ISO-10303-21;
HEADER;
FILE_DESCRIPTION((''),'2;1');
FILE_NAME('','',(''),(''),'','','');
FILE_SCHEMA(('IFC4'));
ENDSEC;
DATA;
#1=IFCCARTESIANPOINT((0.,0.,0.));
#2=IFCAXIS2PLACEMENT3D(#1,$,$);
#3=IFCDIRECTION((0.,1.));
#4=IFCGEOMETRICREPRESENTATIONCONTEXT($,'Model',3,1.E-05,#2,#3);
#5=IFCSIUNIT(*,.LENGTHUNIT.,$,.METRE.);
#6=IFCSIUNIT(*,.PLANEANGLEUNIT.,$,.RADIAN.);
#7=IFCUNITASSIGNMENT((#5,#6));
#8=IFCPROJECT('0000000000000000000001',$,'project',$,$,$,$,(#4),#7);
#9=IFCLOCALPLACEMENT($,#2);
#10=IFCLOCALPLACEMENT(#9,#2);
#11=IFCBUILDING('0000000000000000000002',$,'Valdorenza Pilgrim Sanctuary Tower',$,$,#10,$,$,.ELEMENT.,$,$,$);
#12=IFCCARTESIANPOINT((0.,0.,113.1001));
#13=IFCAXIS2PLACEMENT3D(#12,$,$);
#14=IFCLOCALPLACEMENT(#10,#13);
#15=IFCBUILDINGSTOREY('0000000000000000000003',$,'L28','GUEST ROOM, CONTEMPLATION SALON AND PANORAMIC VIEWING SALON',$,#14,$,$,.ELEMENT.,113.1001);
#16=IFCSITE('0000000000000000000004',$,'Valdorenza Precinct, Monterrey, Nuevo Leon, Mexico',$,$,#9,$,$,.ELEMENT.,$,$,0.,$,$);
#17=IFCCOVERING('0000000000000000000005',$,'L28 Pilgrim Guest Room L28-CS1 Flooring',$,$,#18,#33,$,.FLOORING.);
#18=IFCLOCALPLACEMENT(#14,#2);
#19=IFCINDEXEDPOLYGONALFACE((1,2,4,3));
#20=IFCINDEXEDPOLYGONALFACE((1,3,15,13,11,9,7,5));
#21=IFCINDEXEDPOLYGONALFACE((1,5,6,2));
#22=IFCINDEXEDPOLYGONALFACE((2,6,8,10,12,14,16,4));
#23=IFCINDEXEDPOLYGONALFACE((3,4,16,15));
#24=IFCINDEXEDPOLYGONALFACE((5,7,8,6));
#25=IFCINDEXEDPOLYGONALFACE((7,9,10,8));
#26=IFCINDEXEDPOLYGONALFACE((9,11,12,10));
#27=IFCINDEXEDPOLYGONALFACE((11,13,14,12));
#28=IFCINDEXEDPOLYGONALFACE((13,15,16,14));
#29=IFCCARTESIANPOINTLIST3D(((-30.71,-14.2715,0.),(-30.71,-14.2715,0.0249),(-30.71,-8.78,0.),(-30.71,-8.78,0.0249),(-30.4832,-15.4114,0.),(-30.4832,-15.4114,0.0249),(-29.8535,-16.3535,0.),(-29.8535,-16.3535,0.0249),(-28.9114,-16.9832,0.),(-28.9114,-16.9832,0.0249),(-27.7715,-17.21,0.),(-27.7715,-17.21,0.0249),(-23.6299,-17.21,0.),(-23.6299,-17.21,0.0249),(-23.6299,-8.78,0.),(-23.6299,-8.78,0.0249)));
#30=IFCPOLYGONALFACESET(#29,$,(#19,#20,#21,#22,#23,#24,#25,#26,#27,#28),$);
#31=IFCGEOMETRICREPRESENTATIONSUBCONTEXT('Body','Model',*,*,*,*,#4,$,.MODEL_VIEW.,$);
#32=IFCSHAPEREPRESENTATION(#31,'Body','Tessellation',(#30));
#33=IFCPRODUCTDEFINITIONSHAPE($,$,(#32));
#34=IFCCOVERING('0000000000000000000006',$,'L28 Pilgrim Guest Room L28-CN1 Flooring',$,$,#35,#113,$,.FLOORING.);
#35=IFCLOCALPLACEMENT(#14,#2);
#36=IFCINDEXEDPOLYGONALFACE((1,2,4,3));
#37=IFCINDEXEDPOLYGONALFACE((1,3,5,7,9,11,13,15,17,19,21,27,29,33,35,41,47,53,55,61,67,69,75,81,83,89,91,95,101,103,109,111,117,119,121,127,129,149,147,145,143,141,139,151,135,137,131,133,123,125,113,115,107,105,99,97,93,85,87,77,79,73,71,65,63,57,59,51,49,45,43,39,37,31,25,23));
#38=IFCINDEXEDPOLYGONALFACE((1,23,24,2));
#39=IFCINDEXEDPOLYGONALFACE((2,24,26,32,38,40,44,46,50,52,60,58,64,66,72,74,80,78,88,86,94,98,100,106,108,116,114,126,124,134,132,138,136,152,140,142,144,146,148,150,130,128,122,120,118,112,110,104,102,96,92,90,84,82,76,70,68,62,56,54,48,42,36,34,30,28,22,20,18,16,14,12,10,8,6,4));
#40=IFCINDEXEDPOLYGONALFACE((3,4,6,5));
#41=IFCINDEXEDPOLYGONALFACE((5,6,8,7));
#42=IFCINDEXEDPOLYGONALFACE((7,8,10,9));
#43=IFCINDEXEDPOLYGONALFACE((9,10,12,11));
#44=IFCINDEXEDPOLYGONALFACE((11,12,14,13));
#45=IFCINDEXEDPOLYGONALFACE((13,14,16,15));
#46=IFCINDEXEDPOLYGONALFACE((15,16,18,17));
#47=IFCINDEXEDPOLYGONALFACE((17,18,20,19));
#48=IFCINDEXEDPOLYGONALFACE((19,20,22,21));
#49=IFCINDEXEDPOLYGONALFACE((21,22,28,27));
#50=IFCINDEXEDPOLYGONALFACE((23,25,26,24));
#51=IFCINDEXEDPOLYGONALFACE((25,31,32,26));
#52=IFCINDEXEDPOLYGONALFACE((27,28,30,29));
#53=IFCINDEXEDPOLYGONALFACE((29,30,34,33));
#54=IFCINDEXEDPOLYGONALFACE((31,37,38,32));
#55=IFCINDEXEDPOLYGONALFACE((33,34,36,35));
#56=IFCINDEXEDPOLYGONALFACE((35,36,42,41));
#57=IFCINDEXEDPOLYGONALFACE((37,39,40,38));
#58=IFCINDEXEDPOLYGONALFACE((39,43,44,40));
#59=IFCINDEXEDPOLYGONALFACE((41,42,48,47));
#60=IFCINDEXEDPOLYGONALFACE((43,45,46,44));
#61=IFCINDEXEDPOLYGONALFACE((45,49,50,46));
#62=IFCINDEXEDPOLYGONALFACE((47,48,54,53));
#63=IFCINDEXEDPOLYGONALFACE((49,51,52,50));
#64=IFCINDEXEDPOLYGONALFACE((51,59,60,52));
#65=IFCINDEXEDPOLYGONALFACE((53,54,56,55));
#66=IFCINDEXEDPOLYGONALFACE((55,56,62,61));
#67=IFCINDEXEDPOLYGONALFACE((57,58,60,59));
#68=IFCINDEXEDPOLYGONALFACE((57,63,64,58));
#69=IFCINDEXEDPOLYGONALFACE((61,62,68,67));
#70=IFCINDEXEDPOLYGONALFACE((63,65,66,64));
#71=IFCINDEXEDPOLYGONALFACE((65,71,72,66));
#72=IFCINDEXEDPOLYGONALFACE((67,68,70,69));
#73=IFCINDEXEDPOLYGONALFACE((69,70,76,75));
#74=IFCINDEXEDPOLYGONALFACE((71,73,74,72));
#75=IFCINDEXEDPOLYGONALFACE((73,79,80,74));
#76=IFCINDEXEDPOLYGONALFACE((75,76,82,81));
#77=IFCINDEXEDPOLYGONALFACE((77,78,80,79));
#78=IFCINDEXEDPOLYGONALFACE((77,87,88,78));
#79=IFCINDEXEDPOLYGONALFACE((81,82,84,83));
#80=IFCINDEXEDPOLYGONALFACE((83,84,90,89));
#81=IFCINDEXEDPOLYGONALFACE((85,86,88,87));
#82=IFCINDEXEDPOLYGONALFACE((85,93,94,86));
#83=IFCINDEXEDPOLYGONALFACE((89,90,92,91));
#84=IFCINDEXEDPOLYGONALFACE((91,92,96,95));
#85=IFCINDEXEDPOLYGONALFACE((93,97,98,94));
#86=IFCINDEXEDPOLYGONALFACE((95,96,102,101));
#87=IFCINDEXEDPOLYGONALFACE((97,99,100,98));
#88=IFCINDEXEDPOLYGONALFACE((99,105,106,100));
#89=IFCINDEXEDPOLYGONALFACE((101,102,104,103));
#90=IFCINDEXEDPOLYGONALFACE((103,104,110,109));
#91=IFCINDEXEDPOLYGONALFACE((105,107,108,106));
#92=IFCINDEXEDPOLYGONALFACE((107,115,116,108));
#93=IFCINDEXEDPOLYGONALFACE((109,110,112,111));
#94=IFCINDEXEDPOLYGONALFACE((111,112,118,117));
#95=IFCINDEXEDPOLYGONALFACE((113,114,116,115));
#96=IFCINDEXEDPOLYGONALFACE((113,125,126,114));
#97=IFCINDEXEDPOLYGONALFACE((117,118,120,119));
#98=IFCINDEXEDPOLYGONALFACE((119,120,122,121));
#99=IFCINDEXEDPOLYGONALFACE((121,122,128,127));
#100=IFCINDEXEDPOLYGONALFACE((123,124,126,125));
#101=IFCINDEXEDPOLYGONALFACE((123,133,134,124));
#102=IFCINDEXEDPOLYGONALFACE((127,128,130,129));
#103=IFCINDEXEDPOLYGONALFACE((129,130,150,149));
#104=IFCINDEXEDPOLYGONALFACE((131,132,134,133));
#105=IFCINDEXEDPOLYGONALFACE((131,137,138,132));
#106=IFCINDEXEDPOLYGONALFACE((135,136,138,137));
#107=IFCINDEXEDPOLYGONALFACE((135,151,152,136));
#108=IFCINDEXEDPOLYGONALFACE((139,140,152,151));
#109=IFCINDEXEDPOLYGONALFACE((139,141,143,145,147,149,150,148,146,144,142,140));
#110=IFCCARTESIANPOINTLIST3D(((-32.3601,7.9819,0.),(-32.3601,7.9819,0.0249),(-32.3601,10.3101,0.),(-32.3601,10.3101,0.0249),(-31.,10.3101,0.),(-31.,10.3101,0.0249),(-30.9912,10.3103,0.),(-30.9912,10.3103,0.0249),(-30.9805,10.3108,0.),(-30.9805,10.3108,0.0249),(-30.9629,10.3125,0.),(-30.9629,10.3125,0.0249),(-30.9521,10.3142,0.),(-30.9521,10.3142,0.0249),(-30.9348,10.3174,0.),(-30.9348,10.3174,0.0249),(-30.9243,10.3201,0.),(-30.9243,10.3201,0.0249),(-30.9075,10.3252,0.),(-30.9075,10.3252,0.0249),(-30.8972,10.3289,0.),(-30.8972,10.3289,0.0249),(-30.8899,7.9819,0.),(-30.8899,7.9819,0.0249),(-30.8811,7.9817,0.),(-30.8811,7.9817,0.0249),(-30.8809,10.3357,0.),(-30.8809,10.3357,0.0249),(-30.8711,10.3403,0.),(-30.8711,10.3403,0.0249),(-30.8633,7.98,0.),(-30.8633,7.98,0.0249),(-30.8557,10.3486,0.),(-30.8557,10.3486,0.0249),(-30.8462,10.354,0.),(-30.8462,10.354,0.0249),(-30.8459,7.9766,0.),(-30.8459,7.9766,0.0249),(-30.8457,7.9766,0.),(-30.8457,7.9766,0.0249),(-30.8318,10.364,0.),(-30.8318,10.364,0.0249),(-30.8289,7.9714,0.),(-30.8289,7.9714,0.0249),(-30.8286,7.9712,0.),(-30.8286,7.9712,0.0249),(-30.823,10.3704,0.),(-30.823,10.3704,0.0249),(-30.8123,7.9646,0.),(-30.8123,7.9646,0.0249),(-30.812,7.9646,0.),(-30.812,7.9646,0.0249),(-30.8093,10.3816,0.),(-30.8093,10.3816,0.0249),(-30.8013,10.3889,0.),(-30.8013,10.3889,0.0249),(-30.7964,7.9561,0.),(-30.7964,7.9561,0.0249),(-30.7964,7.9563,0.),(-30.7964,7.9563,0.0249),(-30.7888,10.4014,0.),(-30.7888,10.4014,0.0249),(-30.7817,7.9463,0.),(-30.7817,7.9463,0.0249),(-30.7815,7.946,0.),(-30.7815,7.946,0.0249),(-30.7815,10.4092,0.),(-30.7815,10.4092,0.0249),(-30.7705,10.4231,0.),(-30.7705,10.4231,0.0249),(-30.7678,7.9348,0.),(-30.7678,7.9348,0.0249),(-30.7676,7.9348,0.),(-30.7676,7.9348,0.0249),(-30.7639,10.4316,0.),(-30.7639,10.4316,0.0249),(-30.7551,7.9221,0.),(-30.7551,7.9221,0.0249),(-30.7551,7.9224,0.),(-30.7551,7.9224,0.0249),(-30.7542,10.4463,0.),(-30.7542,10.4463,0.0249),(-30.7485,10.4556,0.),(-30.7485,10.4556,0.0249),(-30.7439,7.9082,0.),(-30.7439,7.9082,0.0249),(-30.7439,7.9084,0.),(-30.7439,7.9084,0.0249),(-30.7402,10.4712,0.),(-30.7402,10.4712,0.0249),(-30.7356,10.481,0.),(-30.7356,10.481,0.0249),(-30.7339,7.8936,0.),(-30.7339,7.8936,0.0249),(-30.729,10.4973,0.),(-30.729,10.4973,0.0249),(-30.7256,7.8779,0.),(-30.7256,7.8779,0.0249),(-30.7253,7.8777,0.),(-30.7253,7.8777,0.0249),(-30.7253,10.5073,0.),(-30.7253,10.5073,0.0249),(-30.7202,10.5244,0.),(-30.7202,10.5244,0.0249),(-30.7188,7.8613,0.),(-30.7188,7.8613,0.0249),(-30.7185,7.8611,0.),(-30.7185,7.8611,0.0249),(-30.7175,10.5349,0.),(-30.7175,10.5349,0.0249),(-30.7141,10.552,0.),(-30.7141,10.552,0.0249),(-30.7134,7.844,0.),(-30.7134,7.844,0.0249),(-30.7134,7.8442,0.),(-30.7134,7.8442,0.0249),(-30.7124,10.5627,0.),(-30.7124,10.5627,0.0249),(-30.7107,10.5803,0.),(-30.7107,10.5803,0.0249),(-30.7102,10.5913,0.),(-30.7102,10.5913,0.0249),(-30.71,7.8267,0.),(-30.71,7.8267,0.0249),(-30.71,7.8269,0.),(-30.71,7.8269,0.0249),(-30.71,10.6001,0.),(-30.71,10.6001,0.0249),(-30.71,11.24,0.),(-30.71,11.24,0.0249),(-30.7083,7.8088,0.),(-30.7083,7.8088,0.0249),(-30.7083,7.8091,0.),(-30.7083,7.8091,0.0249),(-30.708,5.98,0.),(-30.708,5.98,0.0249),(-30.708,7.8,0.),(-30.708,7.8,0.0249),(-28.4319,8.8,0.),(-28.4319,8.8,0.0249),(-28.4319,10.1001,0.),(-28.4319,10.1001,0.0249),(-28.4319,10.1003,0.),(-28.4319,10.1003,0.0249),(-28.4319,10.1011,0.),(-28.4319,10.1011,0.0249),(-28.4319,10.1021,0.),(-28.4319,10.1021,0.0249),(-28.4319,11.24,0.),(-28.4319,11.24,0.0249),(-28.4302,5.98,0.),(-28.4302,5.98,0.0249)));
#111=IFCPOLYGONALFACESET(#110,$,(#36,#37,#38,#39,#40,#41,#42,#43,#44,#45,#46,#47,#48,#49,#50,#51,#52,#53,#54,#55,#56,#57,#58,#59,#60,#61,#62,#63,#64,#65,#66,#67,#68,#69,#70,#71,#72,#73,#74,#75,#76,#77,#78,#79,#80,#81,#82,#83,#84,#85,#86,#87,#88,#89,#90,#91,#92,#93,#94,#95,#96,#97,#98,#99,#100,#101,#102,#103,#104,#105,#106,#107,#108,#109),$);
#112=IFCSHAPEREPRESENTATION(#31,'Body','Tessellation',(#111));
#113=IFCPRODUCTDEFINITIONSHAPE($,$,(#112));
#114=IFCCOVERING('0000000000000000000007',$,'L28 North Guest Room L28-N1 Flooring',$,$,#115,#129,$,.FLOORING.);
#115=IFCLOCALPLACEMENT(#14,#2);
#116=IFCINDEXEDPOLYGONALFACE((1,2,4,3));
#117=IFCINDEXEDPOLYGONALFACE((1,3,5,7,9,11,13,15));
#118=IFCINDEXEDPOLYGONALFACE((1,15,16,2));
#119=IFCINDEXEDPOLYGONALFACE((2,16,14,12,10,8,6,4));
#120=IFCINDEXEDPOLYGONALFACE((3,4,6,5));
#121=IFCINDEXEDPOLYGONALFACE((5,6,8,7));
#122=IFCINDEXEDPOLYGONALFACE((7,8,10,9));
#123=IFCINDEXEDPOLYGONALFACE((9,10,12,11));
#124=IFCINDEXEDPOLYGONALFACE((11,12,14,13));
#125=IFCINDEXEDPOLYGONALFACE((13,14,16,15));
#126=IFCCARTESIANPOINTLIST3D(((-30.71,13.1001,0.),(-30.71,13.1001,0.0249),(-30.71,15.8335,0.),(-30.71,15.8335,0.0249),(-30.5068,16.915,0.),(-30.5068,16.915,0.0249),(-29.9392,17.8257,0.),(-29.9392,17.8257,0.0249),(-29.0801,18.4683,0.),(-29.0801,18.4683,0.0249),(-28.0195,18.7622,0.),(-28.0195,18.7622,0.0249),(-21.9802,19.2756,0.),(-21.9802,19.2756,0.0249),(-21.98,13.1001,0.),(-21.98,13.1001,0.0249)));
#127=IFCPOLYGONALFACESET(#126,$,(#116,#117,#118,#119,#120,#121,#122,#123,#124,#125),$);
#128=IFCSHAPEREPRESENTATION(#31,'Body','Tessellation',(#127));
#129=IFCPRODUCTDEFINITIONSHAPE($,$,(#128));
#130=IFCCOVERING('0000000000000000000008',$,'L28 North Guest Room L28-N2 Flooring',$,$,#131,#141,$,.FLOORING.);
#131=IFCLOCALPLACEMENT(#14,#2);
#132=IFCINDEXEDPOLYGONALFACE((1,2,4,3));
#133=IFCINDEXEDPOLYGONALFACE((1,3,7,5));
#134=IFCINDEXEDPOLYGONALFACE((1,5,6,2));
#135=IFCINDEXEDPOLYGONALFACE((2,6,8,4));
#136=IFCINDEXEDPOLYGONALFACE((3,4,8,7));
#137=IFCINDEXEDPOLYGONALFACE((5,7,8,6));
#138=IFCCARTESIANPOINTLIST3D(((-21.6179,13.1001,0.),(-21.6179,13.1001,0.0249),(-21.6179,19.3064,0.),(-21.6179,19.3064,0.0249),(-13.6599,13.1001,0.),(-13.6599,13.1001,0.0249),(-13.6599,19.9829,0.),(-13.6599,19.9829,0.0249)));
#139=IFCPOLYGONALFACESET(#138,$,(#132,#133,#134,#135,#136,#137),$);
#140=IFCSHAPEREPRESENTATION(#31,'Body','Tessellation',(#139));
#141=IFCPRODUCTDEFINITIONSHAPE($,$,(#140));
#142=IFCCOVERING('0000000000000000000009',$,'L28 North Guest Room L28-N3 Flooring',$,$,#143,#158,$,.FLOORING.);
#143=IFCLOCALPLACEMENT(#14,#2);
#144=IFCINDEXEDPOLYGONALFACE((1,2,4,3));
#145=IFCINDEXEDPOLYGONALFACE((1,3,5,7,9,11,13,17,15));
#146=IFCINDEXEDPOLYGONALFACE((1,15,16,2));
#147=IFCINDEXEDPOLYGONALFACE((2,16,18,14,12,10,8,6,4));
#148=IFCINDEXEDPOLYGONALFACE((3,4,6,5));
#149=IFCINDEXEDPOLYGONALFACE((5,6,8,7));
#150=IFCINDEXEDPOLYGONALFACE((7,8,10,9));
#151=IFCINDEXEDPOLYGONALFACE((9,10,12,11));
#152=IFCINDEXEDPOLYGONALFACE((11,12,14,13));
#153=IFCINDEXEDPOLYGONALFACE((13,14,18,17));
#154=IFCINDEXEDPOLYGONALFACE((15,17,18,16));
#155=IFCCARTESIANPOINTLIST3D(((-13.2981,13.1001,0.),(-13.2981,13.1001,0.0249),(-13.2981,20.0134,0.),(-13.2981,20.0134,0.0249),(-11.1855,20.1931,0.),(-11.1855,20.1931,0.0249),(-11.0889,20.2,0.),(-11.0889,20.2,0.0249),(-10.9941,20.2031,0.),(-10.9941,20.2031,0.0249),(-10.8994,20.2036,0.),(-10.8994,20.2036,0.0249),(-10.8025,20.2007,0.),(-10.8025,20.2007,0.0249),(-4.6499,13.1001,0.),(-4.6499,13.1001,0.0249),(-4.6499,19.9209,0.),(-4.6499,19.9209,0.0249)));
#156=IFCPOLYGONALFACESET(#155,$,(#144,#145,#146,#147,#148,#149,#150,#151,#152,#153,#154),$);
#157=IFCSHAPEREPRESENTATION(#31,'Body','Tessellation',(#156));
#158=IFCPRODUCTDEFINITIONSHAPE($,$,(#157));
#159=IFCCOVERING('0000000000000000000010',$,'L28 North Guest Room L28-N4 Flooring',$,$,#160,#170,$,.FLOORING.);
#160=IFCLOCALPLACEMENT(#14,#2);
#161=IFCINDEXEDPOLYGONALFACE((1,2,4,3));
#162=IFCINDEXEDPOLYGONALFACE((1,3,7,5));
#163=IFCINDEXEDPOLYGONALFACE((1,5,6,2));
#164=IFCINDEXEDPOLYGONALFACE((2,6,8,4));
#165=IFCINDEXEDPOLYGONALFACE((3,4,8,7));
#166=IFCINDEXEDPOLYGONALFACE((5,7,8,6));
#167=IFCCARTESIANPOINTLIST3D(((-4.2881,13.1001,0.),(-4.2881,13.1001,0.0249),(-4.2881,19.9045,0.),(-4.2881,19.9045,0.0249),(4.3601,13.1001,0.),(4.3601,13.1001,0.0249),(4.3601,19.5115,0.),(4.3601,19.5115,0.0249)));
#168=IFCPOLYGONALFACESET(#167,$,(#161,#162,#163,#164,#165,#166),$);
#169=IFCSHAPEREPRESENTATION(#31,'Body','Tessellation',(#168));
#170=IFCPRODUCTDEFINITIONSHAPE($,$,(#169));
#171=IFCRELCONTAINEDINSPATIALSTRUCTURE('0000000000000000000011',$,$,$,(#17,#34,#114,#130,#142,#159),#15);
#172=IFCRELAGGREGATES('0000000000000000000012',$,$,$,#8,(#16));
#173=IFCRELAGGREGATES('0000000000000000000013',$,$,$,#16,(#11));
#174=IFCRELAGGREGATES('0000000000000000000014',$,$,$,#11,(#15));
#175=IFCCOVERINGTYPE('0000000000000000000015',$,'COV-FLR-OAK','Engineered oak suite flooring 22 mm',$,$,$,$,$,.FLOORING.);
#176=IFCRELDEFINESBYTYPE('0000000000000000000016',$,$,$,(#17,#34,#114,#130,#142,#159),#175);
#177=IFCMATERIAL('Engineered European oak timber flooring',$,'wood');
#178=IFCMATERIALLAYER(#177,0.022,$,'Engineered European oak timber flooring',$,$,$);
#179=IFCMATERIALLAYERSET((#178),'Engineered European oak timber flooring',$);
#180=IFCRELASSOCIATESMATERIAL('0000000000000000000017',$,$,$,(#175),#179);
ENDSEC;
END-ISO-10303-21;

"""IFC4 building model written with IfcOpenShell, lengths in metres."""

from ifc_helpers import new_model, si_unit, direction, frame, origin, place, context, subcontext, project, spatial, polyline, outline, extrude, material, layer, layer_set, type_object, element, save


model = new_model("IFC4")

# Units and contexts
model_context = context("Model", 3, precision=1e-05, world=origin(), true_north=direction((0.0, 1.0)))
body_context = subcontext(model_context, "Body", "Model", "MODEL_VIEW")
ifc_project = project(units=[si_unit("LENGTHUNIT", "METRE"), si_unit("PLANEANGLEUNIT", "RADIAN")], contexts=[model_context])

# Site, building, storey
site_placement = place(None, origin())
site = spatial("IfcSite", under=ifc_project, at=site_placement, Name="Valdorenza Precinct, Monterrey, Nuevo Leon, Mexico", CompositionType="ELEMENT", RefElevation=0.0)
building_placement = place(site_placement, origin())
building = spatial("IfcBuilding", under=site, at=building_placement, Name="Valdorenza Pilgrim Sanctuary Tower", CompositionType="ELEMENT")
storey_placement = place(building_placement, frame((0.0, 0.0, 113.1001)))
storey = spatial("IfcBuildingStorey", under=building, at=storey_placement, Name="L28", Description="GUEST ROOM, CONTEMPLATION SALON AND PANORAMIC VIEWING SALON", CompositionType="ELEMENT", Elevation=113.1001)

# Coverings
ifc_material_1 = material(Name="Engineered European oak timber flooring", Category="wood")
ifc_layer_1 = layer(ifc_material_1, 0.022, Name="Engineered European oak timber flooring")
ifc_layer_set_1 = layer_set([ifc_layer_1], Name="Engineered European oak timber flooring")
covering_type_1 = type_object("IfcCoveringType", Name="COV-FLR-OAK", Description="Engineered oak suite flooring 22 mm", PredefinedType="FLOORING", material=ifc_layer_set_1)
covering_1_placement = place(storey_placement, origin())
element("IfcCovering", 1, at=covering_1_placement, inside=storey, type_object=covering_type_1, Name="L28 Pilgrim Guest Room L28-CS1 Flooring", PredefinedType="FLOORING", context=body_context, shape_type="SweptSolid", body=[
    extrude(outline(polyline([(-23.6299, -8.78), (-23.6299, -17.21), (-27.7715, -17.21), (-28.9114, -16.9832), (-29.8535, -16.3535), (-30.4832, -15.4114), (-30.71, -14.2715), (-30.71, -8.78), (-23.6299, -8.78)])), origin(), (0.0, 0.0, 1.0), 0.0249),
])
covering_2_placement = place(storey_placement, origin())
element("IfcCovering", 2, at=covering_2_placement, inside=storey, type_object=covering_type_1, Name="L28 Pilgrim Guest Room L28-CN1 Flooring", PredefinedType="FLOORING", context=body_context, shape_type="SweptSolid", body=[
    extrude(outline(polyline([(-28.4319, 11.24), (-28.4319, 10.1021), (-28.4319, 10.1011), (-28.4319, 10.1003), (-28.4319, 10.1001), (-28.4319, 8.8), (-28.4302, 5.98), (-30.708, 5.98), (-30.708, 7.8), (-30.7083, 7.8088), (-30.7083, 7.8091), (-30.71, 7.8267), (-30.71, 7.8269), (-30.7134, 7.844), (-30.7134, 7.8442), (-30.7185, 7.8611), (-30.7188, 7.8613), (-30.7253, 7.8777), (-30.7256, 7.8779), (-30.7339, 7.8936), (-30.7339, 7.8936), (-30.7439, 7.9082), (-30.7439, 7.9084), (-30.7551, 7.9221), (-30.7551, 7.9224), (-30.7676, 7.9348), (-30.7678, 7.9348), (-30.7815, 7.946), (-30.7817, 7.9463), (-30.7964, 7.9561), (-30.7964, 7.9563), (-30.812, 7.9646), (-30.8123, 7.9646), (-30.8286, 7.9712), (-30.8289, 7.9714), (-30.8457, 7.9766), (-30.8459, 7.9766), (-30.8633, 7.98), (-30.8633, 7.98), (-30.8811, 7.9817), (-30.8811, 7.9817), (-30.8899, 7.9819), (-32.3601, 7.9819), (-32.3601, 10.3101), (-31.0, 10.3101), (-30.9912, 10.3103), (-30.9805, 10.3108), (-30.9629, 10.3125), (-30.9521, 10.3142), (-30.9348, 10.3174), (-30.9243, 10.3201), (-30.9075, 10.3252), (-30.8972, 10.3289), (-30.8809, 10.3357), (-30.8711, 10.3403), (-30.8557, 10.3486), (-30.8462, 10.354), (-30.8318, 10.364), (-30.823, 10.3704), (-30.8093, 10.3816), (-30.8013, 10.3889), (-30.7888, 10.4014), (-30.7815, 10.4092), (-30.7705, 10.4231), (-30.7639, 10.4316), (-30.7542, 10.4463), (-30.7485, 10.4556), (-30.7402, 10.4712), (-30.7356, 10.481), (-30.729, 10.4973), (-30.7253, 10.5073), (-30.7202, 10.5244), (-30.7175, 10.5349), (-30.7141, 10.552), (-30.7124, 10.5627), (-30.7107, 10.5803), (-30.7102, 10.5913), (-30.71, 10.6001), (-30.71, 11.24), (-28.4319, 11.24)])), origin(), (0.0, 0.0, 1.0), 0.0249),
])
covering_3_placement = place(storey_placement, origin())
element("IfcCovering", 3, at=covering_3_placement, inside=storey, type_object=covering_type_1, Name="L28 North Guest Room L28-N1 Flooring", PredefinedType="FLOORING", context=body_context, shape_type="SweptSolid", body=[
    extrude(outline(polyline([(-30.5068, 16.915), (-29.9392, 17.8257), (-29.0801, 18.4683), (-28.0195, 18.7622), (-21.9802, 19.2756), (-21.98, 13.1001), (-30.71, 13.1001), (-30.71, 15.8335), (-30.5068, 16.915)])), origin(), (0.0, 0.0, 1.0), 0.0249),
])
covering_4_placement = place(storey_placement, origin())
element("IfcCovering", 4, at=covering_4_placement, inside=storey, type_object=covering_type_1, Name="L28 North Guest Room L28-N2 Flooring", PredefinedType="FLOORING", context=body_context, shape_type="SweptSolid", body=[
    extrude(outline(polyline([(-13.6599, 19.9829), (-13.6599, 13.1001), (-21.6179, 13.1001), (-21.6179, 19.3064), (-13.6599, 19.9829)])), origin(), (0.0, 0.0, 1.0), 0.0249),
])
covering_5_placement = place(storey_placement, origin())
element("IfcCovering", 5, at=covering_5_placement, inside=storey, type_object=covering_type_1, Name="L28 North Guest Room L28-N3 Flooring", PredefinedType="FLOORING", context=body_context, shape_type="SweptSolid", body=[
    extrude(outline(polyline([(-11.1855, 20.1931), (-11.0889, 20.2), (-10.9941, 20.2031), (-10.8994, 20.2036), (-10.8025, 20.2007), (-4.6499, 19.9209), (-4.6499, 13.1001), (-13.2981, 13.1001), (-13.2981, 20.0134), (-11.1855, 20.1931)])), origin(), (0.0, 0.0, 1.0), 0.0249),
])
covering_6_placement = place(storey_placement, origin())
element("IfcCovering", 6, at=covering_6_placement, inside=storey, type_object=covering_type_1, Name="L28 North Guest Room L28-N4 Flooring", PredefinedType="FLOORING", context=body_context, shape_type="SweptSolid", body=[
    extrude(outline(polyline([(4.3601, 19.5115), (4.3601, 13.1001), (-4.2881, 13.1001), (-4.2881, 19.9045), (4.3601, 19.5115)])), origin(), (0.0, 0.0, 1.0), 0.0249),
])

save(model, "model.ifc")
